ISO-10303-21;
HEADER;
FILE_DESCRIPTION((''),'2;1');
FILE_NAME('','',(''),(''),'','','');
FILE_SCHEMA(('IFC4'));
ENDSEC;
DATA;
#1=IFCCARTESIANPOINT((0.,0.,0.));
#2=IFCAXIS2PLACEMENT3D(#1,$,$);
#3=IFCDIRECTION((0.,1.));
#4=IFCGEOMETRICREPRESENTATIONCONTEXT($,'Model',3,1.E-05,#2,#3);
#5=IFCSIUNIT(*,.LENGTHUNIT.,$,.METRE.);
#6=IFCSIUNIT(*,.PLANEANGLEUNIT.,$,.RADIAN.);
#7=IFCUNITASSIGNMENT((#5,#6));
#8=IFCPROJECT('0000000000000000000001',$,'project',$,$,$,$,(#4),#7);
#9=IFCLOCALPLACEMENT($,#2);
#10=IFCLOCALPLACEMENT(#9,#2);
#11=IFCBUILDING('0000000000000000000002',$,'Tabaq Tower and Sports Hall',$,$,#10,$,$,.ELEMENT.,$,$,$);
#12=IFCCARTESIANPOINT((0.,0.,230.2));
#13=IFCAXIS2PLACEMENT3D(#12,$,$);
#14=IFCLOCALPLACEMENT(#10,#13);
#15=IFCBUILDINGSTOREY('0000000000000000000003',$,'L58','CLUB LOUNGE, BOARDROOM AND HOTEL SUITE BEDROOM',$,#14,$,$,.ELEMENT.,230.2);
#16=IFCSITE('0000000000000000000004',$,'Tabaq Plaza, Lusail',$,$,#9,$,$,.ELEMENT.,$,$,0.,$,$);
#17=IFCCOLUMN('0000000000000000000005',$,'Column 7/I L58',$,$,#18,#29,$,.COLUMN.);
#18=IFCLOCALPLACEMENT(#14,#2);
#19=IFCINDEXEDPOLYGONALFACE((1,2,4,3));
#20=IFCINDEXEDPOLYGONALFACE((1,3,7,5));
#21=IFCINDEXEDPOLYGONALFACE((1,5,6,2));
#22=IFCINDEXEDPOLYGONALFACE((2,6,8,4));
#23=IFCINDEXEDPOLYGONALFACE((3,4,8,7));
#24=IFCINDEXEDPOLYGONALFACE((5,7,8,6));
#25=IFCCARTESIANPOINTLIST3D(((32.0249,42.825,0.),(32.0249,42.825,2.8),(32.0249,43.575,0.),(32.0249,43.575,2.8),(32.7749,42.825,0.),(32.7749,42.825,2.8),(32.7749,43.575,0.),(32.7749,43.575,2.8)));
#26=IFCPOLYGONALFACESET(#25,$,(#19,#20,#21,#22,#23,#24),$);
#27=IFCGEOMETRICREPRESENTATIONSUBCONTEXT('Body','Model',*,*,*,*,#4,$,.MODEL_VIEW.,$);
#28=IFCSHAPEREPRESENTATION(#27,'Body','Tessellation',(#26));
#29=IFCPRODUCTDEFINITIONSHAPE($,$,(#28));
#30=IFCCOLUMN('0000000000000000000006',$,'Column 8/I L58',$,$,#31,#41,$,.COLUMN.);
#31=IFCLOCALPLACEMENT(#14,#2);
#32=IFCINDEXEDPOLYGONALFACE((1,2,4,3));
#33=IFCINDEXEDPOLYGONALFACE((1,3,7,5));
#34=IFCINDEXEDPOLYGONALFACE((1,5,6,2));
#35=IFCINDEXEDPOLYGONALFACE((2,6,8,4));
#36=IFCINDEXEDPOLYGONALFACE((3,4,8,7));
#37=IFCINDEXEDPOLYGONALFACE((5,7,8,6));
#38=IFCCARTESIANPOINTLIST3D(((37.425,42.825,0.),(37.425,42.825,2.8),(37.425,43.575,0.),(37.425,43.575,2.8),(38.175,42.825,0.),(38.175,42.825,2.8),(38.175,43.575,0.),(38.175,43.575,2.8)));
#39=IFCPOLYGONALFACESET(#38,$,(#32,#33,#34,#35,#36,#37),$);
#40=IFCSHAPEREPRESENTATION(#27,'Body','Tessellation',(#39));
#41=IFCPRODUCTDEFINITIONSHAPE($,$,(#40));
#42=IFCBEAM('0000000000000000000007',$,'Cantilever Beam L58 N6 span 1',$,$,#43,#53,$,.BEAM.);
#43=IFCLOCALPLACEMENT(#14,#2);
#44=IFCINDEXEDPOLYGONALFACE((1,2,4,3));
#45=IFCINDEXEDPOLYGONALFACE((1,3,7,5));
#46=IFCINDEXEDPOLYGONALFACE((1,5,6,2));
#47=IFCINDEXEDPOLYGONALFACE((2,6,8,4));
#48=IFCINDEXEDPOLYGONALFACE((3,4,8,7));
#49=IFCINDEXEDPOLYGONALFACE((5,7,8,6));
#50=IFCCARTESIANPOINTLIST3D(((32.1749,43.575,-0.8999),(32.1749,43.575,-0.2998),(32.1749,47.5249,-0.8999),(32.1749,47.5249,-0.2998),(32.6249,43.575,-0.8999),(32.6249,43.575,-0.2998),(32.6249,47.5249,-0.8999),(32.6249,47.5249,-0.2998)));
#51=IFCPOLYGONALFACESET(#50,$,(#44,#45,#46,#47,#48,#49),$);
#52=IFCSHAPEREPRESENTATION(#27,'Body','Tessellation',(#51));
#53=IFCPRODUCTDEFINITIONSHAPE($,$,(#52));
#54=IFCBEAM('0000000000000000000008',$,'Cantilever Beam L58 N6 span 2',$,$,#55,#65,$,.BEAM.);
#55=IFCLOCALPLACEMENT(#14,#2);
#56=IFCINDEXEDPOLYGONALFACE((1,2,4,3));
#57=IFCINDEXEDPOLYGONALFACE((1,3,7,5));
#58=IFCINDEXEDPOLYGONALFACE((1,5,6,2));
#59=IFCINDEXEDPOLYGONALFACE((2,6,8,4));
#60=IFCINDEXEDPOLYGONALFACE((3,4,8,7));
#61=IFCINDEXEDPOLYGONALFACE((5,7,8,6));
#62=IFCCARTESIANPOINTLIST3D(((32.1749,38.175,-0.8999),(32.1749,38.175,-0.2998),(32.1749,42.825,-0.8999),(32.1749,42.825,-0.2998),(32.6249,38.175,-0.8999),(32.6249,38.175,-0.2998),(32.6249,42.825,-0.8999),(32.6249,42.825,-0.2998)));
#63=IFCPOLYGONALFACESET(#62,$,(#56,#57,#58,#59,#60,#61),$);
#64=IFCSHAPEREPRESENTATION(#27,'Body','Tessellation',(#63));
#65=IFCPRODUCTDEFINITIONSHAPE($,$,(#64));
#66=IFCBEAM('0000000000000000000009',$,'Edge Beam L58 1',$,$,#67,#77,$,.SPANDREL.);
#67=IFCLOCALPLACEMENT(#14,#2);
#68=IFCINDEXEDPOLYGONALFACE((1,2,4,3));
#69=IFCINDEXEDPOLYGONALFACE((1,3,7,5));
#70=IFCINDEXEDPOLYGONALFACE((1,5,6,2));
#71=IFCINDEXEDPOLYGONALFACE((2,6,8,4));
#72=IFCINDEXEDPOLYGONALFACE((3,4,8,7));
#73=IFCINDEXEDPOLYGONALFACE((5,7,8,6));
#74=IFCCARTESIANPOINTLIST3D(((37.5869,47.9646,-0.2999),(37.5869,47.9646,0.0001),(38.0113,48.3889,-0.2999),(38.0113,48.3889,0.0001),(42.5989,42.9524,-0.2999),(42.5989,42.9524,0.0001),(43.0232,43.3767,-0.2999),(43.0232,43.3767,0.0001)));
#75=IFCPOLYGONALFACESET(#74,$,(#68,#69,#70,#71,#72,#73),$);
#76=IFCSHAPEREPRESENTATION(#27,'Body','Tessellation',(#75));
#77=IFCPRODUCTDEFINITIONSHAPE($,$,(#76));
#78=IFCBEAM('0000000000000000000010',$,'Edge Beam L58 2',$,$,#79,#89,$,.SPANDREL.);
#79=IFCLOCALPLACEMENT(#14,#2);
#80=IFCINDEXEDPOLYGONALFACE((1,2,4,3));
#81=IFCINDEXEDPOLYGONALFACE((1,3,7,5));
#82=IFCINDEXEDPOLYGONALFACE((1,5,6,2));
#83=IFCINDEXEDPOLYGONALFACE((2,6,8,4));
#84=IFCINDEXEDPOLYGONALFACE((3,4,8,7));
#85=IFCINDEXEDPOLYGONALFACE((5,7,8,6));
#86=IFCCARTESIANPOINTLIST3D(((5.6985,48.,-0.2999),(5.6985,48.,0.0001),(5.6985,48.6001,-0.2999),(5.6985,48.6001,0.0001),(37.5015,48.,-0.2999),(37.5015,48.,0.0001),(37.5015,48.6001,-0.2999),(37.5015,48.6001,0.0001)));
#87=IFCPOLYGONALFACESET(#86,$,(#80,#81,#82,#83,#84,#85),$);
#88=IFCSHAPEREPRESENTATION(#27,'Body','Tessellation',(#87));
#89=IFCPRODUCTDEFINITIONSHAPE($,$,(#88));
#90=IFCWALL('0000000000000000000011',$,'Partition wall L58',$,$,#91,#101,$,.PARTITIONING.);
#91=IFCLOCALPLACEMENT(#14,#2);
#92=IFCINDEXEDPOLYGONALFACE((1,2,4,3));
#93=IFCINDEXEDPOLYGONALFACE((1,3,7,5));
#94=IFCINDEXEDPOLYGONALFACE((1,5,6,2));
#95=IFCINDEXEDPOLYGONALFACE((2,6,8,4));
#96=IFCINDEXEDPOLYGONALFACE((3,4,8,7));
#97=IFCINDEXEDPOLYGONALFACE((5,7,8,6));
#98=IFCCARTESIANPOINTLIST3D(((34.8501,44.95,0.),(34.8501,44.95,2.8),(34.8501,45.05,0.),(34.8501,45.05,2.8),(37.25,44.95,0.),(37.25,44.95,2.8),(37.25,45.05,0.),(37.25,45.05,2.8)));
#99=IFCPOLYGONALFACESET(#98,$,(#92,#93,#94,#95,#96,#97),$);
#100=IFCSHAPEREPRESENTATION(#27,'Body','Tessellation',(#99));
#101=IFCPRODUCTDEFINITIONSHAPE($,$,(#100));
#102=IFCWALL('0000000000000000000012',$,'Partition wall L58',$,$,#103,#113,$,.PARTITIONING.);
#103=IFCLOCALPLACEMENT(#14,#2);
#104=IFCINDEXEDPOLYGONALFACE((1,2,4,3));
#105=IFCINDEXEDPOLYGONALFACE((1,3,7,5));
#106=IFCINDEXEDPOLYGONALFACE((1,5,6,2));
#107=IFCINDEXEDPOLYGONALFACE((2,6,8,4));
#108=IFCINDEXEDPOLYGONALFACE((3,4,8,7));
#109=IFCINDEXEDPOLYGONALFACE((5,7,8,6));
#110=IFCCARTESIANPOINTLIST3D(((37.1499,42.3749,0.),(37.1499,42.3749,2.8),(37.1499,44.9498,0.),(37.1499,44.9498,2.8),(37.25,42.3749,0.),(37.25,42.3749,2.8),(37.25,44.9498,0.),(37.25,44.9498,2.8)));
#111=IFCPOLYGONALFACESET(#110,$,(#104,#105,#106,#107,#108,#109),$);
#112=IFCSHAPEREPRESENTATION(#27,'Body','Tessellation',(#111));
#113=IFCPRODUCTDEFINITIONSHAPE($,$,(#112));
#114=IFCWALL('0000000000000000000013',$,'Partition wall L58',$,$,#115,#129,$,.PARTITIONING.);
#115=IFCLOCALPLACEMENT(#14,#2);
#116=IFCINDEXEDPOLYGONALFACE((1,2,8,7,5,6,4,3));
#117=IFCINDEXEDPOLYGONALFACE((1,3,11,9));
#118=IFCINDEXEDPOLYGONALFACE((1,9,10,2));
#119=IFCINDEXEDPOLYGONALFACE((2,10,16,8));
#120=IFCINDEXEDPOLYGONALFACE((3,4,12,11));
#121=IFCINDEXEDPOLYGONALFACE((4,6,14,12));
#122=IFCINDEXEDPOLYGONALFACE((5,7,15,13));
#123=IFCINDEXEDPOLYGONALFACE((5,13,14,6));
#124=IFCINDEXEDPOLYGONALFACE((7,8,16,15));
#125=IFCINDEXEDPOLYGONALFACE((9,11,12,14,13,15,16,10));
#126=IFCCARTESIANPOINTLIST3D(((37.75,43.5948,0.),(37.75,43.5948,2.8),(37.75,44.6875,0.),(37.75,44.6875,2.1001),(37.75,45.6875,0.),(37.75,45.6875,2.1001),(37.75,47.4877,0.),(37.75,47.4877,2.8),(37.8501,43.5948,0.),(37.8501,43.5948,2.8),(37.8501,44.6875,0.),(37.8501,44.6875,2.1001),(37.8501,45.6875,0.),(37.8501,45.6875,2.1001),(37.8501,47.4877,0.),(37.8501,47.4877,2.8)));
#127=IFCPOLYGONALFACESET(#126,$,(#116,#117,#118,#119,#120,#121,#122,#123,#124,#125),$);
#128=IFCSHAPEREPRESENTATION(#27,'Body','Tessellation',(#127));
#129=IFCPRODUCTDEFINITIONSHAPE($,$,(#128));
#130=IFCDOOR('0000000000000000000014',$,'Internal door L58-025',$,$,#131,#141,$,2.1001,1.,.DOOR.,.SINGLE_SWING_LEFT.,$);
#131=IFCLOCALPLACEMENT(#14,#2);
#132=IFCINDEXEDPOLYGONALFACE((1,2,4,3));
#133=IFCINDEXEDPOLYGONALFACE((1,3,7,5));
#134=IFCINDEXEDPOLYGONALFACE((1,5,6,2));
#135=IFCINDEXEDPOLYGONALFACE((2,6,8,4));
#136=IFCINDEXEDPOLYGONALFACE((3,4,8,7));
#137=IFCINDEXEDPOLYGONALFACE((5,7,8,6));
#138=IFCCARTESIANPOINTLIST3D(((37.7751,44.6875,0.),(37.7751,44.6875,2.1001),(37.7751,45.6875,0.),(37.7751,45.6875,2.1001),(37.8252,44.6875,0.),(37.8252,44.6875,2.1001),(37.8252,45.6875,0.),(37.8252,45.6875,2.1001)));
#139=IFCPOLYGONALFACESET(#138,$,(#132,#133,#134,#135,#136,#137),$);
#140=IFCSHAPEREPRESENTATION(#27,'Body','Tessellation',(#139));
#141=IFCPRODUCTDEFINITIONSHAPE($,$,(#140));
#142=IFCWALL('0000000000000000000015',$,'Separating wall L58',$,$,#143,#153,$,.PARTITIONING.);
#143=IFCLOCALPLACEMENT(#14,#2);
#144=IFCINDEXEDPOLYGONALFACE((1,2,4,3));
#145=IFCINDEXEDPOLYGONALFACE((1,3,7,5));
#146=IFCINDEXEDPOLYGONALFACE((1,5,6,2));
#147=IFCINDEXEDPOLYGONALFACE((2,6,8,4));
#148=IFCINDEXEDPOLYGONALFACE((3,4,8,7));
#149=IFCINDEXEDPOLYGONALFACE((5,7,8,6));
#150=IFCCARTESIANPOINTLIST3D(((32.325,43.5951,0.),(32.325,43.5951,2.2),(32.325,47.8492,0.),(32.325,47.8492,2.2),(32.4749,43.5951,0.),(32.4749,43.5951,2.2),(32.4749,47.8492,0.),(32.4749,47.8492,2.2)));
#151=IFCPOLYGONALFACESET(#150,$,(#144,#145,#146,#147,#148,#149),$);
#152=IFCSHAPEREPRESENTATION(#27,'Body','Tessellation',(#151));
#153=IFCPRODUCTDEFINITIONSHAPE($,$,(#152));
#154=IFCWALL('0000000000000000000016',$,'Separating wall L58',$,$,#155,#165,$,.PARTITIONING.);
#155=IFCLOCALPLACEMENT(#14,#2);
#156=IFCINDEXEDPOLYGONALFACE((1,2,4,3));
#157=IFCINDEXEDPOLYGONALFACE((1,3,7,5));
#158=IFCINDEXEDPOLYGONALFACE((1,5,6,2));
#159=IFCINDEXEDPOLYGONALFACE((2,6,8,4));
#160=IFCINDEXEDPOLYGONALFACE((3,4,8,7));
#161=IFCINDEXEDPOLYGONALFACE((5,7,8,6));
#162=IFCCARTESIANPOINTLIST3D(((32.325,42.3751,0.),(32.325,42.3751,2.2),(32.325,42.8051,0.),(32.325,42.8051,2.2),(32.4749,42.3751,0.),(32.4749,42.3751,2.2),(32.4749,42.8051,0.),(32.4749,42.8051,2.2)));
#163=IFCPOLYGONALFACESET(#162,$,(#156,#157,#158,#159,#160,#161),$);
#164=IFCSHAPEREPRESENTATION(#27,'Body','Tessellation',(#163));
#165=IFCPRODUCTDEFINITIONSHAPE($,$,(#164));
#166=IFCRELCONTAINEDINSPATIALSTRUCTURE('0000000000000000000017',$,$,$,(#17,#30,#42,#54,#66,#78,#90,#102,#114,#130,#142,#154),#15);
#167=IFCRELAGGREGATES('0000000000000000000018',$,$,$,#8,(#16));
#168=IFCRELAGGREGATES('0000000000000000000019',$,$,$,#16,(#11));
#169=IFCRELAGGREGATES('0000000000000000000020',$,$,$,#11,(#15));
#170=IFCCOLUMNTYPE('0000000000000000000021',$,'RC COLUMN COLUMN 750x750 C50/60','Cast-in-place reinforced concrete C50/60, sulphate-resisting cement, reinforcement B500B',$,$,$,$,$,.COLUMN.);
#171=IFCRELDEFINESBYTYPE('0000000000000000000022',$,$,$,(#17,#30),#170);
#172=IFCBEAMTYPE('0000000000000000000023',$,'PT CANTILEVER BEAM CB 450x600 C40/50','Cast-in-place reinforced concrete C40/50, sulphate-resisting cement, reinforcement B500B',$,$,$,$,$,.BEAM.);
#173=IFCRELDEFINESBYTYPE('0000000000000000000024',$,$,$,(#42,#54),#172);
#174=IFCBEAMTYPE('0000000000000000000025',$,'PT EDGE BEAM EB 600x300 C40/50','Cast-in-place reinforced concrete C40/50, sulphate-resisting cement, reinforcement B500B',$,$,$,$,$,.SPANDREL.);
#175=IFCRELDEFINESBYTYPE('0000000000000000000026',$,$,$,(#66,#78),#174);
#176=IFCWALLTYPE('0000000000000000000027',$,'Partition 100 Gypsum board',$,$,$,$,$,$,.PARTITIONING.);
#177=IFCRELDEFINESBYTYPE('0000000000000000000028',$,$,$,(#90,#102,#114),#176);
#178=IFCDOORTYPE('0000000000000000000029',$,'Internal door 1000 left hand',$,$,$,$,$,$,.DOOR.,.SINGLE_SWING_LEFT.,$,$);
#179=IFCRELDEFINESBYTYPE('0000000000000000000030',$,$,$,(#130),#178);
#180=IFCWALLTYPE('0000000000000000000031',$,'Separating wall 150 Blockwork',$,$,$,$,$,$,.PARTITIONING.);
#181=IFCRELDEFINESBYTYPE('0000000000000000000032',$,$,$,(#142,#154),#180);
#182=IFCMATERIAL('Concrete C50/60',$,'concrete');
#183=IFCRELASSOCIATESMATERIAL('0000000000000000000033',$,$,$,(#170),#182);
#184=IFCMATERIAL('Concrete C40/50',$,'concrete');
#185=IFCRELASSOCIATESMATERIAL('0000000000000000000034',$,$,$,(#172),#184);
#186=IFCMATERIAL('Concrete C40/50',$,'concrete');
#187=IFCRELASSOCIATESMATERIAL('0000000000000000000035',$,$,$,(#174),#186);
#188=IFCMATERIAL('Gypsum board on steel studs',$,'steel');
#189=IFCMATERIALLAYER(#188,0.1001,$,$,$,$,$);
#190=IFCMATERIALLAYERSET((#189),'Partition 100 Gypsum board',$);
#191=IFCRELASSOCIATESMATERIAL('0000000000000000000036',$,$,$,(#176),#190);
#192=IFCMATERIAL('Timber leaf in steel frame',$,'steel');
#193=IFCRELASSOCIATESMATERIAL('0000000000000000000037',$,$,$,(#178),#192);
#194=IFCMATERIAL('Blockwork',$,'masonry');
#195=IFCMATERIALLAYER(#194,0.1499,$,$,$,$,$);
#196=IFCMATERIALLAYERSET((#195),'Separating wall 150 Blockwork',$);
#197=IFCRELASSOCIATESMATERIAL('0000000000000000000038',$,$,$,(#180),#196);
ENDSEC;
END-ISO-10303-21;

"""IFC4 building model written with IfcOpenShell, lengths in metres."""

from ifc_helpers import new_model, si_unit, direction, frame, frame_2d, origin, origin_2d, place, context, subcontext, project, spatial, rectangle, extrude, material, layer, layer_set, material_profile, profile_set, type_object, element, fill, save


model = new_model("IFC4")

# Units and contexts
model_context = context("Model", 3, precision=1e-05, world=origin(), true_north=direction((0.0, 1.0)))
body_context = subcontext(model_context, "Body", "Model", "MODEL_VIEW")
ifc_project = project(units=[si_unit("LENGTHUNIT", "METRE"), si_unit("PLANEANGLEUNIT", "RADIAN")], contexts=[model_context])

# Site, building, storey
site_placement = place(None, origin())
site = spatial("IfcSite", under=ifc_project, at=site_placement, Name="Tabaq Plaza, Lusail", CompositionType="ELEMENT", RefElevation=0.0)
building_placement = place(site_placement, origin())
building = spatial("IfcBuilding", under=site, at=building_placement, Name="Tabaq Tower and Sports Hall", CompositionType="ELEMENT")
storey_placement = place(building_placement, frame((0.0, 0.0, 230.2)))
storey = spatial("IfcBuildingStorey", under=building, at=storey_placement, Name="L58", Description="CLUB LOUNGE, BOARDROOM AND HOTEL SUITE BEDROOM", CompositionType="ELEMENT", Elevation=230.2)

# Columns
ifc_material_1 = material(Name="Concrete C50/60", Category="concrete")
ifc_material_profile_1 = material_profile(ifc_material_1, rectangle(XDim=0.75, YDim=0.75, at=origin_2d()), Name="COLUMN 750x750")
ifc_profile_set_1 = profile_set([ifc_material_profile_1], Name="Concrete C50/60")
column_type = type_object("IfcColumnType", Name="RC COLUMN COLUMN 750x750 C50/60", Description="Cast-in-place reinforced concrete C50/60, sulphate-resisting cement, reinforcement B500B", PredefinedType="COLUMN", material=ifc_profile_set_1)
for number, where, z_axis, x_axis, name in (
    (1, (32.3999, 43.2, 0.0), (0.0, 0.0, 1.0), (1.0, 0.0, 0.0), "Column 7/I L58"),
    (2, (37.8, 43.2, 0.0), (0.0, 0.0, 1.0), (1.0, 0.0, 0.0), "Column 8/I L58"),
):
    element("IfcColumn", number, at=place(storey_placement, frame(where, z_axis=z_axis, x_axis=x_axis)), inside=storey, type_object=column_type, Name=name, PredefinedType="COLUMN", context=body_context, shape_type="SweptSolid", body=[
        extrude(rectangle(XDim=0.75, YDim=0.75, at=origin_2d()), origin(), (0.0, 0.0, 1.0), 2.8),
    ])

# Beams
ifc_material_2 = material(Name="Concrete C40/50", Category="concrete")
ifc_material_profile_2 = material_profile(ifc_material_2, rectangle(XDim=0.45, YDim=0.6001, at=origin_2d()), Name="CB 450x600")
ifc_profile_set_2 = profile_set([ifc_material_profile_2], Name="Concrete C40/50")
beam_type_1 = type_object("IfcBeamType", Name="PT CANTILEVER BEAM CB 450x600 C40/50", Description="Cast-in-place reinforced concrete C40/50, sulphate-resisting cement, reinforcement B500B", PredefinedType="BEAM", material=ifc_profile_set_2)
beam_1_placement = place(storey_placement, frame((32.3999, 47.5249, -0.5999), z_axis=(0.0, -1.0, 0.0), x_axis=(1.0, 0.0, 0.0)))
element("IfcBeam", 3, at=beam_1_placement, inside=storey, type_object=beam_type_1, Name="Cantilever Beam L58 N6 span 1", PredefinedType="BEAM", context=body_context, shape_type="SweptSolid", body=[
    extrude(rectangle(XDim=0.45, YDim=0.6001, at=origin_2d()), origin(), (0.0, 0.0, 1.0), 3.95),
])
beam_2_placement = place(storey_placement, frame((32.3999, 42.825, -0.5999), z_axis=(0.0, -1.0, 0.0), x_axis=(1.0, 0.0, 0.0)))
element("IfcBeam", 4, at=beam_2_placement, inside=storey, type_object=beam_type_1, Name="Cantilever Beam L58 N6 span 2", PredefinedType="BEAM", context=body_context, shape_type="SweptSolid", body=[
    extrude(rectangle(XDim=0.45, YDim=0.6001, at=origin_2d()), origin(), (0.0, 0.0, 1.0), 4.6499),
])
ifc_material_3 = material(Name="Concrete C40/50", Category="concrete")
ifc_material_profile_3 = material_profile(ifc_material_3, rectangle(XDim=0.6001, YDim=0.3, at=origin_2d()), Name="EB 600x300")
ifc_profile_set_3 = profile_set([ifc_material_profile_3], Name="Concrete C40/50")
beam_type_2 = type_object("IfcBeamType", Name="PT EDGE BEAM EB 600x300 C40/50", Description="Cast-in-place reinforced concrete C40/50, sulphate-resisting cement, reinforcement B500B", PredefinedType="SPANDREL", material=ifc_profile_set_3)
beam_3_placement = place(storey_placement, frame((42.811, 43.1646, -0.1499), z_axis=(-0.70709, 0.707124, 0.0), x_axis=(-0.707124, -0.70709, 0.0)))
element("IfcBeam", 5, at=beam_3_placement, inside=storey, type_object=beam_type_2, Name="Edge Beam L58 1", PredefinedType="SPANDREL", context=body_context, shape_type="SweptSolid", body=[
    extrude(rectangle(XDim=0.6001, YDim=0.3, at=origin_2d()), origin(), (0.0, 0.0, 1.0), 7.0881),
])
beam_4_placement = place(storey_placement, frame((37.5015, 48.3, -0.1499), z_axis=(-1.0, 0.0, 0.0), x_axis=(0.0, -1.0, 0.0)))
element("IfcBeam", 6, at=beam_4_placement, inside=storey, type_object=beam_type_2, Name="Edge Beam L58 2", PredefinedType="SPANDREL", context=body_context, shape_type="SweptSolid", body=[
    extrude(rectangle(XDim=0.6001, YDim=0.3, at=origin_2d()), origin(), (0.0, 0.0, 1.0), 31.803),
])

# Walls
ifc_material_4 = material(Name="Gypsum board on steel studs", Category="steel")
ifc_layer_1 = layer(ifc_material_4, 0.1001)
ifc_layer_set_1 = layer_set([ifc_layer_1], Name="Partition 100 Gypsum board")
wall_type_1 = type_object("IfcWallType", Name="Partition 100 Gypsum board", PredefinedType="PARTITIONING", material=ifc_layer_set_1)
wall_1_placement = place(storey_placement, frame((34.8501, 45.0, 0.0), z_axis=(0.0, 0.0, 1.0), x_axis=(1.0, 0.0, 0.0)))
element("IfcWall", 7, at=wall_1_placement, inside=storey, type_object=wall_type_1, Name="Partition wall L58", PredefinedType="PARTITIONING", context=body_context, shape_type="SweptSolid", body=[
    extrude(rectangle(XDim=2.3999, YDim=0.1001, at=frame_2d((1.2, 0.0))), origin(), (0.0, 0.0, 1.0), 2.8),
])
wall_2_placement = place(storey_placement, frame((37.2, 44.95, 0.0), z_axis=(0.0, 0.0, 1.0), x_axis=(0.0, -1.0, 0.0)))
element("IfcWall", 8, at=wall_2_placement, inside=storey, type_object=wall_type_1, Name="Partition wall L58", PredefinedType="PARTITIONING", context=body_context, shape_type="SweptSolid", body=[
    extrude(rectangle(XDim=2.575, YDim=0.1001, at=frame_2d((1.2876, 0.0))), origin(), (0.0, 0.0, 1.0), 2.8),
])

# Wall, opening, door
wall_3_placement = place(storey_placement, frame((37.8, 43.595, 0.0), z_axis=(0.0, 0.0, 1.0), x_axis=(0.0, 1.0, 0.0)))
wall_3 = element("IfcWall", 9, at=wall_3_placement, inside=storey, type_object=wall_type_1, Name="Partition wall L58", PredefinedType="PARTITIONING", context=body_context, shape_type="SweptSolid", body=[
    extrude(rectangle(XDim=3.8928, YDim=0.1001, at=frame_2d((1.9463, 0.0))), origin(), (0.0, 0.0, 1.0), 2.8),
])
opening_1_placement = place(wall_3_placement, frame((1.0925, 0.0, 0.0)))
opening_1 = element("IfcOpeningElement", 10, at=opening_1_placement, cuts=wall_3, PredefinedType="OPENING", context=body_context, shape_type="SweptSolid", body=[
    extrude(rectangle(XDim=1.0, YDim=2.1001, at=frame_2d((0.5, 1.05))), frame((0.0, 0.05, 0.0), z_axis=(0.0, -1.0, 0.0), x_axis=(1.0, 0.0, 0.0)), (0.0, 0.0, 1.0), 0.1001),
])
ifc_material_5 = material(Name="Timber leaf in steel frame", Category="steel")
door_type = type_object("IfcDoorType", Name="Internal door 1000 left hand", OperationType="SINGLE_SWING_LEFT", PredefinedType="DOOR", material=ifc_material_5)
door_placement = place(opening_1_placement, origin())
door = element("IfcDoor", 11, at=door_placement, inside=storey, type_object=door_type, Name="Internal door L58-025", OperationType="SINGLE_SWING_LEFT", OverallHeight=2.1001, OverallWidth=1.0, PredefinedType="DOOR", context=body_context, shape_type="SweptSolid", body=[
    extrude(rectangle(XDim=1.0, YDim=2.1001, at=frame_2d((0.5, 1.05))), frame((0.0, 0.0249, 0.0), z_axis=(0.0, -1.0, 0.0), x_axis=(1.0, 0.0, 0.0)), (0.0, 0.0, 1.0), 0.05),
])
fill(opening_1, door)

# Walls
ifc_material_6 = material(Name="Blockwork", Category="masonry")
ifc_layer_2 = layer(ifc_material_6, 0.1499)
ifc_layer_set_2 = layer_set([ifc_layer_2], Name="Separating wall 150 Blockwork")
wall_type_2 = type_object("IfcWallType", Name="Separating wall 150 Blockwork", PredefinedType="PARTITIONING", material=ifc_layer_set_2)
wall_4_placement = place(storey_placement, frame((32.3999, 47.8491, 0.0), z_axis=(0.0, 0.0, 1.0), x_axis=(0.0, -1.0, 0.0)))
element("IfcWall", 12, at=wall_4_placement, inside=storey, type_object=wall_type_2, Name="Separating wall L58", PredefinedType="PARTITIONING", context=body_context, shape_type="SweptSolid", body=[
    extrude(rectangle(XDim=4.2542, YDim=0.1499, at=frame_2d((2.127, 0.0))), origin(), (0.0, 0.0, 1.0), 2.2),
])
wall_5_placement = place(storey_placement, frame((32.3999, 42.8049, 0.0), z_axis=(0.0, 0.0, 1.0), x_axis=(0.0, -1.0, 0.0)))
element("IfcWall", 13, at=wall_5_placement, inside=storey, type_object=wall_type_2, Name="Separating wall L58", PredefinedType="PARTITIONING", context=body_context, shape_type="SweptSolid", body=[
    extrude(rectangle(XDim=0.4299, YDim=0.1499, at=frame_2d((0.2148, 0.0))), origin(), (0.0, 0.0, 1.0), 2.2),
])

save(model, "model.ifc")
